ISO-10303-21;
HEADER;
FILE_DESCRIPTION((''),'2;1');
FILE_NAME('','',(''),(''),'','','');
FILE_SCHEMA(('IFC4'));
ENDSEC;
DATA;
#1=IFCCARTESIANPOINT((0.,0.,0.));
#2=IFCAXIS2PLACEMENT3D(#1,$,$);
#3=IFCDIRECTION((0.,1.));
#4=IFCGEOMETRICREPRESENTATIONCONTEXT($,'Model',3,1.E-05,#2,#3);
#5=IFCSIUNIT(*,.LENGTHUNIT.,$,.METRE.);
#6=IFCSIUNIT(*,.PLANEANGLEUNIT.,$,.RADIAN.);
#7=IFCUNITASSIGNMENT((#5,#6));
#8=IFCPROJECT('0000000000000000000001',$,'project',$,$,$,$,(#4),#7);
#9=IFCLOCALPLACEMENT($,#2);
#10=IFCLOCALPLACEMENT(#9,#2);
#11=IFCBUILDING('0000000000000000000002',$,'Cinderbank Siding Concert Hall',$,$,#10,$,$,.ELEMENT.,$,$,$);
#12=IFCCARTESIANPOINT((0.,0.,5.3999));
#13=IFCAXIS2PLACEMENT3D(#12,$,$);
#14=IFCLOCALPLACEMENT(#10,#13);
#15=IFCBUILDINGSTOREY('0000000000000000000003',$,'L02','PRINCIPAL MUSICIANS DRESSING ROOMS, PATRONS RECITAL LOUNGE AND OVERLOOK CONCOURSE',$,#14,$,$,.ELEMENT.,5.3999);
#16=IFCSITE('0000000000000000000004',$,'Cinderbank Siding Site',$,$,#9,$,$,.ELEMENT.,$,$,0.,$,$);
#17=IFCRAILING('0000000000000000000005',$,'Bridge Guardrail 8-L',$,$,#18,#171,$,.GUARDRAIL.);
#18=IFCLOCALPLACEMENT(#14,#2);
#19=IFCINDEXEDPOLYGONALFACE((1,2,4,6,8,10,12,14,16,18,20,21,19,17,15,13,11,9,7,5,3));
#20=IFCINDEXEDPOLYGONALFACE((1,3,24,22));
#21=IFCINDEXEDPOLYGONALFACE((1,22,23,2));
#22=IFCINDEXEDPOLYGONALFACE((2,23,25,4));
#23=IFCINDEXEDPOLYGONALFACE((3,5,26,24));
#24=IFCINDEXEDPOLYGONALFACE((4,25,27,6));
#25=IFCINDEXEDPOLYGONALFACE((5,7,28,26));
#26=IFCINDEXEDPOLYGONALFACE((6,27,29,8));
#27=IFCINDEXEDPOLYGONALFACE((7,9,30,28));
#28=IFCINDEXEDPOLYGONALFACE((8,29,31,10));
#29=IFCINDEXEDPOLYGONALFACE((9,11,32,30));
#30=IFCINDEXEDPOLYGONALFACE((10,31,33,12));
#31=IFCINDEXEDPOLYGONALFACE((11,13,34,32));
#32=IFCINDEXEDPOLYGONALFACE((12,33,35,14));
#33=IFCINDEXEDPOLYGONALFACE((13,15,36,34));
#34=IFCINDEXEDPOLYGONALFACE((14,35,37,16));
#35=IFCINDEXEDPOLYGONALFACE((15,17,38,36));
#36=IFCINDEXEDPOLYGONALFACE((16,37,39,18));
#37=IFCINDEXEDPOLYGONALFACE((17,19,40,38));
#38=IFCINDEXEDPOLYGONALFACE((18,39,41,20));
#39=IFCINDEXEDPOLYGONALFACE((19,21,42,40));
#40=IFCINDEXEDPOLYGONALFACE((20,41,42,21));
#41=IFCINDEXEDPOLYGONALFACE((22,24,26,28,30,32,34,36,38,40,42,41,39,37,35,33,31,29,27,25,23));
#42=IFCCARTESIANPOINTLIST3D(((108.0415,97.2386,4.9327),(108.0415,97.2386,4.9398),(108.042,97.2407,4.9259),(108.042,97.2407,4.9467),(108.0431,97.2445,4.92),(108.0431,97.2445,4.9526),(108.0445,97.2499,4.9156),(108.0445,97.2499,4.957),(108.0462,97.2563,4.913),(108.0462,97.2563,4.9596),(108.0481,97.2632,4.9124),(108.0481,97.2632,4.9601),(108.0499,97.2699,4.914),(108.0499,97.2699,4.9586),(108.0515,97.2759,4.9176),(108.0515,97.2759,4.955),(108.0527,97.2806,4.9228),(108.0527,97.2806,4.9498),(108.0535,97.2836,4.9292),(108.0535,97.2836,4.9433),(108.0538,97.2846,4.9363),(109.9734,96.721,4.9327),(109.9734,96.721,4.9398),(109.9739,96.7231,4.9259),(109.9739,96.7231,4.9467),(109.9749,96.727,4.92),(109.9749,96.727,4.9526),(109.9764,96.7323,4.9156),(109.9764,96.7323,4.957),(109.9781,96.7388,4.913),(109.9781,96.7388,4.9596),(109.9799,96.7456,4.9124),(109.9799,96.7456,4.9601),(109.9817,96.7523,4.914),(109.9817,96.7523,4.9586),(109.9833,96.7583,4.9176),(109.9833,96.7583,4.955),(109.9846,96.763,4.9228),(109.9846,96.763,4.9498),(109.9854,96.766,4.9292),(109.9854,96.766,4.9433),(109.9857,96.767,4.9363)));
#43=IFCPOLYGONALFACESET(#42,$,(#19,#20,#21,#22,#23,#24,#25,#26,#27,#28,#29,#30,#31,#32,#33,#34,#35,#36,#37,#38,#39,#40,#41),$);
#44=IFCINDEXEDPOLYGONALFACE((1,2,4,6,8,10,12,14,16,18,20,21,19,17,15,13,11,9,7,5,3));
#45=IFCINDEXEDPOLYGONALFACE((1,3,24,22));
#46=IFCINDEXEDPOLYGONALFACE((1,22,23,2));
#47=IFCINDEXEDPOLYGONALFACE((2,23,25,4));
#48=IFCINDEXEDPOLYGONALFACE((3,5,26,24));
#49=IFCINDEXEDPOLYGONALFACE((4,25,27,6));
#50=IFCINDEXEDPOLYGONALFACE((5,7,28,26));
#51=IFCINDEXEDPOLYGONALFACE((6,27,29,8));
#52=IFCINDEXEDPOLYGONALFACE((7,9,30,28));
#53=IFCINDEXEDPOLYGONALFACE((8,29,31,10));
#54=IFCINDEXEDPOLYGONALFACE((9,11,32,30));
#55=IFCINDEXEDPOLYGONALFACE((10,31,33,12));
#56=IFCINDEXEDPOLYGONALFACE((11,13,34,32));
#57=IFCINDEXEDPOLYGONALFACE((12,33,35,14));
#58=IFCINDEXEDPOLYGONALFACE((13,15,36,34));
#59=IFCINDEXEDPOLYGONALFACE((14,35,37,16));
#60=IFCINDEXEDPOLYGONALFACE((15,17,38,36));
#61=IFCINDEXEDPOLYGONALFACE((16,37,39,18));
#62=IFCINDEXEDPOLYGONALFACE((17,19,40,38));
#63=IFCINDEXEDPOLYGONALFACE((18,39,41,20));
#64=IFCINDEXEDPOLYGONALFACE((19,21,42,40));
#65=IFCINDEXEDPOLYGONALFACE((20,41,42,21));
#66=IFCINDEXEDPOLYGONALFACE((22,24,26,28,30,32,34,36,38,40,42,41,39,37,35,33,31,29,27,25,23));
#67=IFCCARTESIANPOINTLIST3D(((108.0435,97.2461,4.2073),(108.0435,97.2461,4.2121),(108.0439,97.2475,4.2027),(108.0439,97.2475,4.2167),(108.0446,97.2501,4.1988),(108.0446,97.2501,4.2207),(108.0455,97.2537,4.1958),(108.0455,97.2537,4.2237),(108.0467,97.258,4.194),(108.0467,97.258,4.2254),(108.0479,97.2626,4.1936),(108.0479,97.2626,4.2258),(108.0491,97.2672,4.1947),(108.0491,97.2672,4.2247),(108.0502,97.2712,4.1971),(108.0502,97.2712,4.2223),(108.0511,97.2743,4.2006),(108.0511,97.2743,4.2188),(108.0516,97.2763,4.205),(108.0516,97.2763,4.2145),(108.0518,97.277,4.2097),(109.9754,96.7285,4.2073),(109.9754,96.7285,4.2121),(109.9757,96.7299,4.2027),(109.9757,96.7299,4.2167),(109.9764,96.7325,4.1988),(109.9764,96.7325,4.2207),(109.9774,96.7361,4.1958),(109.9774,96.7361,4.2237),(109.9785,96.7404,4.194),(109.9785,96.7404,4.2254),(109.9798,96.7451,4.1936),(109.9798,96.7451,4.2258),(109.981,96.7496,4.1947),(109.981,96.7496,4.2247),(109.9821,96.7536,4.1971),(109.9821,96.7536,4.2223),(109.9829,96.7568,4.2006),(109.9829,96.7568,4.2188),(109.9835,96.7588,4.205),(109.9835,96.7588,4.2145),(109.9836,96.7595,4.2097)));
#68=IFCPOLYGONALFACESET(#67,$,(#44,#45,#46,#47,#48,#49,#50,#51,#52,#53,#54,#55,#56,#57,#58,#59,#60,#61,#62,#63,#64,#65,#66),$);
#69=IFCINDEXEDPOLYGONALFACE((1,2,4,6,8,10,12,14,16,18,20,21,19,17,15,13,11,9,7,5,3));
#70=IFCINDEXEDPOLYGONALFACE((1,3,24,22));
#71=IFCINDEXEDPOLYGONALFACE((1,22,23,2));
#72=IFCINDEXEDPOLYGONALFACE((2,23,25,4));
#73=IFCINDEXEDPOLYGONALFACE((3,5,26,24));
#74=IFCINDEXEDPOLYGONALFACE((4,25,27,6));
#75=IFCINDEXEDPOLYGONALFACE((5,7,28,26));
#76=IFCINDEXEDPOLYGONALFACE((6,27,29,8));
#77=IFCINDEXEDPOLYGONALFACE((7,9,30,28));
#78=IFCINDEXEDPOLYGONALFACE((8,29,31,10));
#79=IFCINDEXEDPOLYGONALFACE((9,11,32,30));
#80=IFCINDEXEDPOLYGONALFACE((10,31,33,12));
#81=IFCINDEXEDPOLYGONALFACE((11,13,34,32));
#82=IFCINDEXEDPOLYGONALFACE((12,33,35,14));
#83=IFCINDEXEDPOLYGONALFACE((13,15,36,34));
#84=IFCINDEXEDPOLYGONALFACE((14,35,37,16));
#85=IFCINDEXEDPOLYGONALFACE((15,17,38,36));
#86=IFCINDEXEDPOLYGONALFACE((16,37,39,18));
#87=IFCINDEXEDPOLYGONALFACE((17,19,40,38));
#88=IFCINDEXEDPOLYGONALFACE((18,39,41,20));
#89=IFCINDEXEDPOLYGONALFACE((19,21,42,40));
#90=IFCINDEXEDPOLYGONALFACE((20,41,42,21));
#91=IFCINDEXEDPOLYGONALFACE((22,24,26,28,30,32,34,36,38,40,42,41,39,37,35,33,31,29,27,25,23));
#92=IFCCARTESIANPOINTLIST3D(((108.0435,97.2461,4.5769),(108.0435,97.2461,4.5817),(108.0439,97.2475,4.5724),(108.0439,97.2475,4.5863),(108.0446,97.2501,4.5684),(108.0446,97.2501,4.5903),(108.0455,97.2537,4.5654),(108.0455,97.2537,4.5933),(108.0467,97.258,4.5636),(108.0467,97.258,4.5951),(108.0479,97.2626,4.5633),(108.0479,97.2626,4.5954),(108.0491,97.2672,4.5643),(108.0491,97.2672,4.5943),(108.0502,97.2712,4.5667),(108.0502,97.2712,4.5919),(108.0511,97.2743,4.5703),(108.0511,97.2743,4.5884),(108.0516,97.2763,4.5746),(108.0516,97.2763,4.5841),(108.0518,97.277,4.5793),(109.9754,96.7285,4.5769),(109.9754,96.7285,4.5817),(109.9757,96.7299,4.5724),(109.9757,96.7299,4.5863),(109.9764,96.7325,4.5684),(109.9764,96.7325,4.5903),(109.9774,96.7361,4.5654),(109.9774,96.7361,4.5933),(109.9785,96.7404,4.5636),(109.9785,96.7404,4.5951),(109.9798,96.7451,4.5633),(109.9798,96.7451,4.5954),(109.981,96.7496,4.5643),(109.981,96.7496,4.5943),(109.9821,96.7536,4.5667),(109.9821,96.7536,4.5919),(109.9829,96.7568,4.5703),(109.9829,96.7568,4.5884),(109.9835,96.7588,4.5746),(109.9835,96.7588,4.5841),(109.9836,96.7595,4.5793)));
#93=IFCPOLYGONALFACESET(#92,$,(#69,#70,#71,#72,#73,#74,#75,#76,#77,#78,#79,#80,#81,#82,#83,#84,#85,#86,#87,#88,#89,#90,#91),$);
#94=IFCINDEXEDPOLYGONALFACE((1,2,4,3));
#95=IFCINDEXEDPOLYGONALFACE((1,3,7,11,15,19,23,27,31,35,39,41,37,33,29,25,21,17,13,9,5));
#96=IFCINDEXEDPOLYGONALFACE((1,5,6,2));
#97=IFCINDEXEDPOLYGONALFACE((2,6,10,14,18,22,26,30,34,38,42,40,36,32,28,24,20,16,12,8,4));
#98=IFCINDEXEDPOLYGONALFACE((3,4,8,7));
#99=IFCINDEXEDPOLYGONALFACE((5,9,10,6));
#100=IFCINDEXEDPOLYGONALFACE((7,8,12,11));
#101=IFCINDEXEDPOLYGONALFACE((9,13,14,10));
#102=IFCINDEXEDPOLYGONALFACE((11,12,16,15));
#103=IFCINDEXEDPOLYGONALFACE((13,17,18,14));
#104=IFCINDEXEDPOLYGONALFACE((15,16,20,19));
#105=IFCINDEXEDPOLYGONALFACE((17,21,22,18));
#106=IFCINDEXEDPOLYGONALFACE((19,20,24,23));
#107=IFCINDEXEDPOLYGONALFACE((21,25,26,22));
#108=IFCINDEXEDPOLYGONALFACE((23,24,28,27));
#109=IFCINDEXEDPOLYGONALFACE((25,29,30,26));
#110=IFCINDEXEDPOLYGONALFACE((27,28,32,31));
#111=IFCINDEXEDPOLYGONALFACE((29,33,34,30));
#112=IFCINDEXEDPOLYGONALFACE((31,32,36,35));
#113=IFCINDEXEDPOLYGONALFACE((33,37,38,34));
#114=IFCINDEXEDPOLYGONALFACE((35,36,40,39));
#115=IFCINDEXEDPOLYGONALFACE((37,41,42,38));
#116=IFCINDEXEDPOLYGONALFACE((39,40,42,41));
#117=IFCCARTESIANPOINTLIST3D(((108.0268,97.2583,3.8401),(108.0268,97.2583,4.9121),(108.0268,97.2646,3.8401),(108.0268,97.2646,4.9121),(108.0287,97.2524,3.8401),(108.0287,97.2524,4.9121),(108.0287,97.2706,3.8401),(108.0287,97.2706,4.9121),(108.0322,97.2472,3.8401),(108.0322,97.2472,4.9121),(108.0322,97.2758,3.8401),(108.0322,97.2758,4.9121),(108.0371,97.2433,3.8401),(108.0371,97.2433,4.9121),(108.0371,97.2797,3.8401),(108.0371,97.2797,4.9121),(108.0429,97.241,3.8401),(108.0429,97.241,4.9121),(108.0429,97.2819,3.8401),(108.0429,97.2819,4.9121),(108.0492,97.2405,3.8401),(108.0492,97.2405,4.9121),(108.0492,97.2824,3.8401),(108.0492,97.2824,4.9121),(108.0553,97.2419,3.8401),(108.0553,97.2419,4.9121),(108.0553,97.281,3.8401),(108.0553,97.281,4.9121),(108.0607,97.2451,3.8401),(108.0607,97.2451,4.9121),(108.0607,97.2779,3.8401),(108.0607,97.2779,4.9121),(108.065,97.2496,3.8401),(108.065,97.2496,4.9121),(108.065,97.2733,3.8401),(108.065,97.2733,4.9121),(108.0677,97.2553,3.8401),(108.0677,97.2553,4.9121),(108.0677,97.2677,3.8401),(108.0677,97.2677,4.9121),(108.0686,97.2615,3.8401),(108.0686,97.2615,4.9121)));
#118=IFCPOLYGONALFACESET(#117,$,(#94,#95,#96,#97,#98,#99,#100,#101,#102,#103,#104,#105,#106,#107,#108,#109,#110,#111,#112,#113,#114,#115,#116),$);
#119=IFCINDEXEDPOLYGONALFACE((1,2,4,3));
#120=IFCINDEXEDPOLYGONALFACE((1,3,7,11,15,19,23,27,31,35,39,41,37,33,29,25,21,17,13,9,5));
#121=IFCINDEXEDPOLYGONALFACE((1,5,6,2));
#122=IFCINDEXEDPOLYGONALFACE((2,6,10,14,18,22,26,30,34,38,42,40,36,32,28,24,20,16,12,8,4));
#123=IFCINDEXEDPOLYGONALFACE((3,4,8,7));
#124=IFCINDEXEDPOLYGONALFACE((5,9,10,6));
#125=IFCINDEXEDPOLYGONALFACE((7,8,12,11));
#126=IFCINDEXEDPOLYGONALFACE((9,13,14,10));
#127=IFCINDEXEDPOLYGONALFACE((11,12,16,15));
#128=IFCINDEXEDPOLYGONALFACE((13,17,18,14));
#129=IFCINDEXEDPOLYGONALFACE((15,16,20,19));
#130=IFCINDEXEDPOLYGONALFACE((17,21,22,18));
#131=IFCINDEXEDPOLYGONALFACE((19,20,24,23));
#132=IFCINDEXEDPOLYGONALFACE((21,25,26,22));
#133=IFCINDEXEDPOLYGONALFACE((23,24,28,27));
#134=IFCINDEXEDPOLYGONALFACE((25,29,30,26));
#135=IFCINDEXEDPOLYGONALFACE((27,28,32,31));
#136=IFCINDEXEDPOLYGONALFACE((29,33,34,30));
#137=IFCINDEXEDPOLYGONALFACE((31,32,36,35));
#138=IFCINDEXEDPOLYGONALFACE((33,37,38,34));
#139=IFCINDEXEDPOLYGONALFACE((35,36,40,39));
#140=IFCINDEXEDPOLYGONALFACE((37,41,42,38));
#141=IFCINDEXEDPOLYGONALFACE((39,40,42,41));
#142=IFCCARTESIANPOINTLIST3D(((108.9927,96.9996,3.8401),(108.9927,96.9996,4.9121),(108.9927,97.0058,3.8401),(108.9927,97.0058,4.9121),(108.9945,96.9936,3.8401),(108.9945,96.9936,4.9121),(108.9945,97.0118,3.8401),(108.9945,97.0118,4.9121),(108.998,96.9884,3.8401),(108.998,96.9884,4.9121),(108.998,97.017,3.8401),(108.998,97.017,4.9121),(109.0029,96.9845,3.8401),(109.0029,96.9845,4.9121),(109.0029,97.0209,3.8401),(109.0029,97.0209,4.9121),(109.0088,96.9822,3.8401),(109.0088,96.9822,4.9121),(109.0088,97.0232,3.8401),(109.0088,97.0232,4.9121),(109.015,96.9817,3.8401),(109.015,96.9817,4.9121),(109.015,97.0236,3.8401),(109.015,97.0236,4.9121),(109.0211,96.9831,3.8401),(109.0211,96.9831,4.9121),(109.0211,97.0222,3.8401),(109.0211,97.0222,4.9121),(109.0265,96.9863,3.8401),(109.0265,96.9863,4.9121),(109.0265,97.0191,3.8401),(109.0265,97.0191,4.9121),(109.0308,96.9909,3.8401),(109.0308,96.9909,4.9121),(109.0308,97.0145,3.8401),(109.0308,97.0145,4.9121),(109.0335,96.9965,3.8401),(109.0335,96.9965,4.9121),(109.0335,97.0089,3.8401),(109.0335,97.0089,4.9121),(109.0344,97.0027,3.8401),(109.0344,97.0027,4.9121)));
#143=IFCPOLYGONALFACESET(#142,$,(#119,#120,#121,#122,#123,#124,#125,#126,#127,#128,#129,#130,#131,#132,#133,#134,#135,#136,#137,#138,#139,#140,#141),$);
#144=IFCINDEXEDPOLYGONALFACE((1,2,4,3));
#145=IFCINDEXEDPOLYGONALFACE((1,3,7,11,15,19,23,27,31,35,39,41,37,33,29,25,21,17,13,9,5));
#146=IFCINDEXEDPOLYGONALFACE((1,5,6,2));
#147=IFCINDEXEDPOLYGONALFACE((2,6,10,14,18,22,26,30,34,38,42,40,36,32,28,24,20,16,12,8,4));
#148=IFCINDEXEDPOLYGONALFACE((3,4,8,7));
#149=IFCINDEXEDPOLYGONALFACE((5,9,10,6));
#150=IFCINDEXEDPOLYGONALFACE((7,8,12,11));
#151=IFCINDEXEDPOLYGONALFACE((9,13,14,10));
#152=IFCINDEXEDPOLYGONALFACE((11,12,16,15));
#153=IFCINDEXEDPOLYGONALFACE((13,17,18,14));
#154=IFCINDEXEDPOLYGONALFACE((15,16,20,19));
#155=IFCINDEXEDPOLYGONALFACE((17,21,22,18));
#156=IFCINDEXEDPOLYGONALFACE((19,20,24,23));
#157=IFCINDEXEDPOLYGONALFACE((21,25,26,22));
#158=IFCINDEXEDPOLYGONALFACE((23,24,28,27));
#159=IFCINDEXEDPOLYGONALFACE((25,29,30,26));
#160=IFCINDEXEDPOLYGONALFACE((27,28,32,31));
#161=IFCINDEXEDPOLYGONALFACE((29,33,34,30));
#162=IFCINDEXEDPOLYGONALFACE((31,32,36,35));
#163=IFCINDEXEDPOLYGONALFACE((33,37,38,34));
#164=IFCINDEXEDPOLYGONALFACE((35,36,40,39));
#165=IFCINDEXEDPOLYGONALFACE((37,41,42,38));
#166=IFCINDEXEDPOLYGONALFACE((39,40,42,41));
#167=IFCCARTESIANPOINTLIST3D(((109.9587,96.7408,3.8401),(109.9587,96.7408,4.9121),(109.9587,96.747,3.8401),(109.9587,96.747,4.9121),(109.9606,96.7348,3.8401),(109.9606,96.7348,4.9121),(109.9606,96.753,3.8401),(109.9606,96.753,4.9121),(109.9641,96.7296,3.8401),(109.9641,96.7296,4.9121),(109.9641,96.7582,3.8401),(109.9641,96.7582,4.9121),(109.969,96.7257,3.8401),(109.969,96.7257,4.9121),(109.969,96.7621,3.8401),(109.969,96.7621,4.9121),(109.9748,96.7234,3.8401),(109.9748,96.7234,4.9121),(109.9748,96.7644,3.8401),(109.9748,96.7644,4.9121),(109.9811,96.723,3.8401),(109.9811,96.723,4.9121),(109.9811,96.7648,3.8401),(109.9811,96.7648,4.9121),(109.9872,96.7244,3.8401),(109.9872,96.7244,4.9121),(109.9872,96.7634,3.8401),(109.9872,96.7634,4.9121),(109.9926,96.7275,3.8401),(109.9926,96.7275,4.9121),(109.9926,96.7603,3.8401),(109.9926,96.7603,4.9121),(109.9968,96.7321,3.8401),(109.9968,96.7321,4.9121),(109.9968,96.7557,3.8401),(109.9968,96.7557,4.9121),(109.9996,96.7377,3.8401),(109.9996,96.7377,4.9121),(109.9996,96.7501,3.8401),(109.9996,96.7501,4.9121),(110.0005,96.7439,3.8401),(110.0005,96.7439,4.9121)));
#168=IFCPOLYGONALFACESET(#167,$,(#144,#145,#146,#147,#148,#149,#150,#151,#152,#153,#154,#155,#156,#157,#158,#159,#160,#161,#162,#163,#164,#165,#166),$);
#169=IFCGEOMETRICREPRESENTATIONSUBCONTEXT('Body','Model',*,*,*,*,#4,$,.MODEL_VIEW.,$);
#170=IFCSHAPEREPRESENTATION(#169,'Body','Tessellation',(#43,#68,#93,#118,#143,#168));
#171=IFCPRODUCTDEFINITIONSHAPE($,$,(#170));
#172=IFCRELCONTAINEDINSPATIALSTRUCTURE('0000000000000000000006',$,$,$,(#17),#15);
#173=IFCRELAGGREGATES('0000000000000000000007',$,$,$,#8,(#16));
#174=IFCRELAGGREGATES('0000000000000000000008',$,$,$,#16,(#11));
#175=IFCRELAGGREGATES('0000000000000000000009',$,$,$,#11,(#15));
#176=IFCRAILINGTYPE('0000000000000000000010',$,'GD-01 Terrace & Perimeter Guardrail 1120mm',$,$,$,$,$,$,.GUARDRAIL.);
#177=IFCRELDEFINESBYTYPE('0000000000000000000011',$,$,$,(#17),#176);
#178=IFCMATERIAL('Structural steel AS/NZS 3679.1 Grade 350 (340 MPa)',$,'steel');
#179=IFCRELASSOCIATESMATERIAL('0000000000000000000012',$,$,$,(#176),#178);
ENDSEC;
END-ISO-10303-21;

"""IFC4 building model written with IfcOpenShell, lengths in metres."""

from ifc_helpers import new_model, si_unit, direction, frame, origin, origin_2d, place, context, subcontext, project, spatial, circle, extrude, material, type_object, element, save


model = new_model("IFC4")

# Units and contexts
model_context = context("Model", 3, precision=1e-05, world=origin(), true_north=direction((0.0, 1.0)))
body_context = subcontext(model_context, "Body", "Model", "MODEL_VIEW")
ifc_project = project(units=[si_unit("LENGTHUNIT", "METRE"), si_unit("PLANEANGLEUNIT", "RADIAN")], contexts=[model_context])

# Site, building, storey
site_placement = place(None, origin())
site = spatial("IfcSite", under=ifc_project, at=site_placement, Name="Cinderbank Siding Site", CompositionType="ELEMENT", RefElevation=0.0)
building_placement = place(site_placement, origin())
building = spatial("IfcBuilding", under=site, at=building_placement, Name="Cinderbank Siding Concert Hall", CompositionType="ELEMENT")
storey_placement = place(building_placement, frame((0.0, 0.0, 5.3999)))
storey = spatial("IfcBuildingStorey", under=building, at=storey_placement, Name="L02", Description="PRINCIPAL MUSICIANS DRESSING ROOMS, PATRONS RECITAL LOUNGE AND OVERLOOK CONCOURSE", CompositionType="ELEMENT", Elevation=5.3999)

# Railing
ifc_material_1 = material(Name="Structural steel AS/NZS 3679.1 Grade 350 (340 MPa)", Category="steel")
railing_type_1 = type_object("IfcRailingType", Name="GD-01 Terrace & Perimeter Guardrail 1120mm", PredefinedType="GUARDRAIL", material=ifc_material_1)
railing_1_placement = place(storey_placement, frame((108.0476, 97.2615, 3.8401)))
element("IfcRailing", 1, at=railing_1_placement, inside=storey, type_object=railing_type_1, Name="Bridge Guardrail 8-L", PredefinedType="GUARDRAIL", context=body_context, shape_type="SweptSolid", body=[
    extrude(circle(Radius=0.0239, at=origin_2d()), frame((0.0, 0.0, 1.0962), z_axis=(0.965934, -0.258787, 0.0), x_axis=(0.258787, 0.965934, 0.0)), (0.0, 0.0, 1.0), 2.0),
    extrude(circle(Radius=0.0161, at=origin_2d()), frame((0.0, 0.0, 0.3696), z_axis=(0.965934, -0.258787, 0.0), x_axis=(0.258787, 0.965934, 0.0)), (0.0, 0.0, 1.0), 2.0),
    extrude(circle(Radius=0.0161, at=origin_2d()), frame((0.0, 0.0, 0.7393), z_axis=(0.965934, -0.258787, 0.0), x_axis=(0.258787, 0.965934, 0.0)), (0.0, 0.0, 1.0), 2.0),
    extrude(circle(Radius=0.021, at=origin_2d()), origin(), (0.0, 0.0, 1.0), 1.072),
    extrude(circle(Radius=0.021, at=origin_2d()), frame((0.9658, -0.2588, 0.0)), (0.0, 0.0, 1.0), 1.072),
    extrude(circle(Radius=0.021, at=origin_2d()), frame((1.9319, -0.5176, 0.0)), (0.0, 0.0, 1.0), 1.072),
])

save(model, "model.ifc")
